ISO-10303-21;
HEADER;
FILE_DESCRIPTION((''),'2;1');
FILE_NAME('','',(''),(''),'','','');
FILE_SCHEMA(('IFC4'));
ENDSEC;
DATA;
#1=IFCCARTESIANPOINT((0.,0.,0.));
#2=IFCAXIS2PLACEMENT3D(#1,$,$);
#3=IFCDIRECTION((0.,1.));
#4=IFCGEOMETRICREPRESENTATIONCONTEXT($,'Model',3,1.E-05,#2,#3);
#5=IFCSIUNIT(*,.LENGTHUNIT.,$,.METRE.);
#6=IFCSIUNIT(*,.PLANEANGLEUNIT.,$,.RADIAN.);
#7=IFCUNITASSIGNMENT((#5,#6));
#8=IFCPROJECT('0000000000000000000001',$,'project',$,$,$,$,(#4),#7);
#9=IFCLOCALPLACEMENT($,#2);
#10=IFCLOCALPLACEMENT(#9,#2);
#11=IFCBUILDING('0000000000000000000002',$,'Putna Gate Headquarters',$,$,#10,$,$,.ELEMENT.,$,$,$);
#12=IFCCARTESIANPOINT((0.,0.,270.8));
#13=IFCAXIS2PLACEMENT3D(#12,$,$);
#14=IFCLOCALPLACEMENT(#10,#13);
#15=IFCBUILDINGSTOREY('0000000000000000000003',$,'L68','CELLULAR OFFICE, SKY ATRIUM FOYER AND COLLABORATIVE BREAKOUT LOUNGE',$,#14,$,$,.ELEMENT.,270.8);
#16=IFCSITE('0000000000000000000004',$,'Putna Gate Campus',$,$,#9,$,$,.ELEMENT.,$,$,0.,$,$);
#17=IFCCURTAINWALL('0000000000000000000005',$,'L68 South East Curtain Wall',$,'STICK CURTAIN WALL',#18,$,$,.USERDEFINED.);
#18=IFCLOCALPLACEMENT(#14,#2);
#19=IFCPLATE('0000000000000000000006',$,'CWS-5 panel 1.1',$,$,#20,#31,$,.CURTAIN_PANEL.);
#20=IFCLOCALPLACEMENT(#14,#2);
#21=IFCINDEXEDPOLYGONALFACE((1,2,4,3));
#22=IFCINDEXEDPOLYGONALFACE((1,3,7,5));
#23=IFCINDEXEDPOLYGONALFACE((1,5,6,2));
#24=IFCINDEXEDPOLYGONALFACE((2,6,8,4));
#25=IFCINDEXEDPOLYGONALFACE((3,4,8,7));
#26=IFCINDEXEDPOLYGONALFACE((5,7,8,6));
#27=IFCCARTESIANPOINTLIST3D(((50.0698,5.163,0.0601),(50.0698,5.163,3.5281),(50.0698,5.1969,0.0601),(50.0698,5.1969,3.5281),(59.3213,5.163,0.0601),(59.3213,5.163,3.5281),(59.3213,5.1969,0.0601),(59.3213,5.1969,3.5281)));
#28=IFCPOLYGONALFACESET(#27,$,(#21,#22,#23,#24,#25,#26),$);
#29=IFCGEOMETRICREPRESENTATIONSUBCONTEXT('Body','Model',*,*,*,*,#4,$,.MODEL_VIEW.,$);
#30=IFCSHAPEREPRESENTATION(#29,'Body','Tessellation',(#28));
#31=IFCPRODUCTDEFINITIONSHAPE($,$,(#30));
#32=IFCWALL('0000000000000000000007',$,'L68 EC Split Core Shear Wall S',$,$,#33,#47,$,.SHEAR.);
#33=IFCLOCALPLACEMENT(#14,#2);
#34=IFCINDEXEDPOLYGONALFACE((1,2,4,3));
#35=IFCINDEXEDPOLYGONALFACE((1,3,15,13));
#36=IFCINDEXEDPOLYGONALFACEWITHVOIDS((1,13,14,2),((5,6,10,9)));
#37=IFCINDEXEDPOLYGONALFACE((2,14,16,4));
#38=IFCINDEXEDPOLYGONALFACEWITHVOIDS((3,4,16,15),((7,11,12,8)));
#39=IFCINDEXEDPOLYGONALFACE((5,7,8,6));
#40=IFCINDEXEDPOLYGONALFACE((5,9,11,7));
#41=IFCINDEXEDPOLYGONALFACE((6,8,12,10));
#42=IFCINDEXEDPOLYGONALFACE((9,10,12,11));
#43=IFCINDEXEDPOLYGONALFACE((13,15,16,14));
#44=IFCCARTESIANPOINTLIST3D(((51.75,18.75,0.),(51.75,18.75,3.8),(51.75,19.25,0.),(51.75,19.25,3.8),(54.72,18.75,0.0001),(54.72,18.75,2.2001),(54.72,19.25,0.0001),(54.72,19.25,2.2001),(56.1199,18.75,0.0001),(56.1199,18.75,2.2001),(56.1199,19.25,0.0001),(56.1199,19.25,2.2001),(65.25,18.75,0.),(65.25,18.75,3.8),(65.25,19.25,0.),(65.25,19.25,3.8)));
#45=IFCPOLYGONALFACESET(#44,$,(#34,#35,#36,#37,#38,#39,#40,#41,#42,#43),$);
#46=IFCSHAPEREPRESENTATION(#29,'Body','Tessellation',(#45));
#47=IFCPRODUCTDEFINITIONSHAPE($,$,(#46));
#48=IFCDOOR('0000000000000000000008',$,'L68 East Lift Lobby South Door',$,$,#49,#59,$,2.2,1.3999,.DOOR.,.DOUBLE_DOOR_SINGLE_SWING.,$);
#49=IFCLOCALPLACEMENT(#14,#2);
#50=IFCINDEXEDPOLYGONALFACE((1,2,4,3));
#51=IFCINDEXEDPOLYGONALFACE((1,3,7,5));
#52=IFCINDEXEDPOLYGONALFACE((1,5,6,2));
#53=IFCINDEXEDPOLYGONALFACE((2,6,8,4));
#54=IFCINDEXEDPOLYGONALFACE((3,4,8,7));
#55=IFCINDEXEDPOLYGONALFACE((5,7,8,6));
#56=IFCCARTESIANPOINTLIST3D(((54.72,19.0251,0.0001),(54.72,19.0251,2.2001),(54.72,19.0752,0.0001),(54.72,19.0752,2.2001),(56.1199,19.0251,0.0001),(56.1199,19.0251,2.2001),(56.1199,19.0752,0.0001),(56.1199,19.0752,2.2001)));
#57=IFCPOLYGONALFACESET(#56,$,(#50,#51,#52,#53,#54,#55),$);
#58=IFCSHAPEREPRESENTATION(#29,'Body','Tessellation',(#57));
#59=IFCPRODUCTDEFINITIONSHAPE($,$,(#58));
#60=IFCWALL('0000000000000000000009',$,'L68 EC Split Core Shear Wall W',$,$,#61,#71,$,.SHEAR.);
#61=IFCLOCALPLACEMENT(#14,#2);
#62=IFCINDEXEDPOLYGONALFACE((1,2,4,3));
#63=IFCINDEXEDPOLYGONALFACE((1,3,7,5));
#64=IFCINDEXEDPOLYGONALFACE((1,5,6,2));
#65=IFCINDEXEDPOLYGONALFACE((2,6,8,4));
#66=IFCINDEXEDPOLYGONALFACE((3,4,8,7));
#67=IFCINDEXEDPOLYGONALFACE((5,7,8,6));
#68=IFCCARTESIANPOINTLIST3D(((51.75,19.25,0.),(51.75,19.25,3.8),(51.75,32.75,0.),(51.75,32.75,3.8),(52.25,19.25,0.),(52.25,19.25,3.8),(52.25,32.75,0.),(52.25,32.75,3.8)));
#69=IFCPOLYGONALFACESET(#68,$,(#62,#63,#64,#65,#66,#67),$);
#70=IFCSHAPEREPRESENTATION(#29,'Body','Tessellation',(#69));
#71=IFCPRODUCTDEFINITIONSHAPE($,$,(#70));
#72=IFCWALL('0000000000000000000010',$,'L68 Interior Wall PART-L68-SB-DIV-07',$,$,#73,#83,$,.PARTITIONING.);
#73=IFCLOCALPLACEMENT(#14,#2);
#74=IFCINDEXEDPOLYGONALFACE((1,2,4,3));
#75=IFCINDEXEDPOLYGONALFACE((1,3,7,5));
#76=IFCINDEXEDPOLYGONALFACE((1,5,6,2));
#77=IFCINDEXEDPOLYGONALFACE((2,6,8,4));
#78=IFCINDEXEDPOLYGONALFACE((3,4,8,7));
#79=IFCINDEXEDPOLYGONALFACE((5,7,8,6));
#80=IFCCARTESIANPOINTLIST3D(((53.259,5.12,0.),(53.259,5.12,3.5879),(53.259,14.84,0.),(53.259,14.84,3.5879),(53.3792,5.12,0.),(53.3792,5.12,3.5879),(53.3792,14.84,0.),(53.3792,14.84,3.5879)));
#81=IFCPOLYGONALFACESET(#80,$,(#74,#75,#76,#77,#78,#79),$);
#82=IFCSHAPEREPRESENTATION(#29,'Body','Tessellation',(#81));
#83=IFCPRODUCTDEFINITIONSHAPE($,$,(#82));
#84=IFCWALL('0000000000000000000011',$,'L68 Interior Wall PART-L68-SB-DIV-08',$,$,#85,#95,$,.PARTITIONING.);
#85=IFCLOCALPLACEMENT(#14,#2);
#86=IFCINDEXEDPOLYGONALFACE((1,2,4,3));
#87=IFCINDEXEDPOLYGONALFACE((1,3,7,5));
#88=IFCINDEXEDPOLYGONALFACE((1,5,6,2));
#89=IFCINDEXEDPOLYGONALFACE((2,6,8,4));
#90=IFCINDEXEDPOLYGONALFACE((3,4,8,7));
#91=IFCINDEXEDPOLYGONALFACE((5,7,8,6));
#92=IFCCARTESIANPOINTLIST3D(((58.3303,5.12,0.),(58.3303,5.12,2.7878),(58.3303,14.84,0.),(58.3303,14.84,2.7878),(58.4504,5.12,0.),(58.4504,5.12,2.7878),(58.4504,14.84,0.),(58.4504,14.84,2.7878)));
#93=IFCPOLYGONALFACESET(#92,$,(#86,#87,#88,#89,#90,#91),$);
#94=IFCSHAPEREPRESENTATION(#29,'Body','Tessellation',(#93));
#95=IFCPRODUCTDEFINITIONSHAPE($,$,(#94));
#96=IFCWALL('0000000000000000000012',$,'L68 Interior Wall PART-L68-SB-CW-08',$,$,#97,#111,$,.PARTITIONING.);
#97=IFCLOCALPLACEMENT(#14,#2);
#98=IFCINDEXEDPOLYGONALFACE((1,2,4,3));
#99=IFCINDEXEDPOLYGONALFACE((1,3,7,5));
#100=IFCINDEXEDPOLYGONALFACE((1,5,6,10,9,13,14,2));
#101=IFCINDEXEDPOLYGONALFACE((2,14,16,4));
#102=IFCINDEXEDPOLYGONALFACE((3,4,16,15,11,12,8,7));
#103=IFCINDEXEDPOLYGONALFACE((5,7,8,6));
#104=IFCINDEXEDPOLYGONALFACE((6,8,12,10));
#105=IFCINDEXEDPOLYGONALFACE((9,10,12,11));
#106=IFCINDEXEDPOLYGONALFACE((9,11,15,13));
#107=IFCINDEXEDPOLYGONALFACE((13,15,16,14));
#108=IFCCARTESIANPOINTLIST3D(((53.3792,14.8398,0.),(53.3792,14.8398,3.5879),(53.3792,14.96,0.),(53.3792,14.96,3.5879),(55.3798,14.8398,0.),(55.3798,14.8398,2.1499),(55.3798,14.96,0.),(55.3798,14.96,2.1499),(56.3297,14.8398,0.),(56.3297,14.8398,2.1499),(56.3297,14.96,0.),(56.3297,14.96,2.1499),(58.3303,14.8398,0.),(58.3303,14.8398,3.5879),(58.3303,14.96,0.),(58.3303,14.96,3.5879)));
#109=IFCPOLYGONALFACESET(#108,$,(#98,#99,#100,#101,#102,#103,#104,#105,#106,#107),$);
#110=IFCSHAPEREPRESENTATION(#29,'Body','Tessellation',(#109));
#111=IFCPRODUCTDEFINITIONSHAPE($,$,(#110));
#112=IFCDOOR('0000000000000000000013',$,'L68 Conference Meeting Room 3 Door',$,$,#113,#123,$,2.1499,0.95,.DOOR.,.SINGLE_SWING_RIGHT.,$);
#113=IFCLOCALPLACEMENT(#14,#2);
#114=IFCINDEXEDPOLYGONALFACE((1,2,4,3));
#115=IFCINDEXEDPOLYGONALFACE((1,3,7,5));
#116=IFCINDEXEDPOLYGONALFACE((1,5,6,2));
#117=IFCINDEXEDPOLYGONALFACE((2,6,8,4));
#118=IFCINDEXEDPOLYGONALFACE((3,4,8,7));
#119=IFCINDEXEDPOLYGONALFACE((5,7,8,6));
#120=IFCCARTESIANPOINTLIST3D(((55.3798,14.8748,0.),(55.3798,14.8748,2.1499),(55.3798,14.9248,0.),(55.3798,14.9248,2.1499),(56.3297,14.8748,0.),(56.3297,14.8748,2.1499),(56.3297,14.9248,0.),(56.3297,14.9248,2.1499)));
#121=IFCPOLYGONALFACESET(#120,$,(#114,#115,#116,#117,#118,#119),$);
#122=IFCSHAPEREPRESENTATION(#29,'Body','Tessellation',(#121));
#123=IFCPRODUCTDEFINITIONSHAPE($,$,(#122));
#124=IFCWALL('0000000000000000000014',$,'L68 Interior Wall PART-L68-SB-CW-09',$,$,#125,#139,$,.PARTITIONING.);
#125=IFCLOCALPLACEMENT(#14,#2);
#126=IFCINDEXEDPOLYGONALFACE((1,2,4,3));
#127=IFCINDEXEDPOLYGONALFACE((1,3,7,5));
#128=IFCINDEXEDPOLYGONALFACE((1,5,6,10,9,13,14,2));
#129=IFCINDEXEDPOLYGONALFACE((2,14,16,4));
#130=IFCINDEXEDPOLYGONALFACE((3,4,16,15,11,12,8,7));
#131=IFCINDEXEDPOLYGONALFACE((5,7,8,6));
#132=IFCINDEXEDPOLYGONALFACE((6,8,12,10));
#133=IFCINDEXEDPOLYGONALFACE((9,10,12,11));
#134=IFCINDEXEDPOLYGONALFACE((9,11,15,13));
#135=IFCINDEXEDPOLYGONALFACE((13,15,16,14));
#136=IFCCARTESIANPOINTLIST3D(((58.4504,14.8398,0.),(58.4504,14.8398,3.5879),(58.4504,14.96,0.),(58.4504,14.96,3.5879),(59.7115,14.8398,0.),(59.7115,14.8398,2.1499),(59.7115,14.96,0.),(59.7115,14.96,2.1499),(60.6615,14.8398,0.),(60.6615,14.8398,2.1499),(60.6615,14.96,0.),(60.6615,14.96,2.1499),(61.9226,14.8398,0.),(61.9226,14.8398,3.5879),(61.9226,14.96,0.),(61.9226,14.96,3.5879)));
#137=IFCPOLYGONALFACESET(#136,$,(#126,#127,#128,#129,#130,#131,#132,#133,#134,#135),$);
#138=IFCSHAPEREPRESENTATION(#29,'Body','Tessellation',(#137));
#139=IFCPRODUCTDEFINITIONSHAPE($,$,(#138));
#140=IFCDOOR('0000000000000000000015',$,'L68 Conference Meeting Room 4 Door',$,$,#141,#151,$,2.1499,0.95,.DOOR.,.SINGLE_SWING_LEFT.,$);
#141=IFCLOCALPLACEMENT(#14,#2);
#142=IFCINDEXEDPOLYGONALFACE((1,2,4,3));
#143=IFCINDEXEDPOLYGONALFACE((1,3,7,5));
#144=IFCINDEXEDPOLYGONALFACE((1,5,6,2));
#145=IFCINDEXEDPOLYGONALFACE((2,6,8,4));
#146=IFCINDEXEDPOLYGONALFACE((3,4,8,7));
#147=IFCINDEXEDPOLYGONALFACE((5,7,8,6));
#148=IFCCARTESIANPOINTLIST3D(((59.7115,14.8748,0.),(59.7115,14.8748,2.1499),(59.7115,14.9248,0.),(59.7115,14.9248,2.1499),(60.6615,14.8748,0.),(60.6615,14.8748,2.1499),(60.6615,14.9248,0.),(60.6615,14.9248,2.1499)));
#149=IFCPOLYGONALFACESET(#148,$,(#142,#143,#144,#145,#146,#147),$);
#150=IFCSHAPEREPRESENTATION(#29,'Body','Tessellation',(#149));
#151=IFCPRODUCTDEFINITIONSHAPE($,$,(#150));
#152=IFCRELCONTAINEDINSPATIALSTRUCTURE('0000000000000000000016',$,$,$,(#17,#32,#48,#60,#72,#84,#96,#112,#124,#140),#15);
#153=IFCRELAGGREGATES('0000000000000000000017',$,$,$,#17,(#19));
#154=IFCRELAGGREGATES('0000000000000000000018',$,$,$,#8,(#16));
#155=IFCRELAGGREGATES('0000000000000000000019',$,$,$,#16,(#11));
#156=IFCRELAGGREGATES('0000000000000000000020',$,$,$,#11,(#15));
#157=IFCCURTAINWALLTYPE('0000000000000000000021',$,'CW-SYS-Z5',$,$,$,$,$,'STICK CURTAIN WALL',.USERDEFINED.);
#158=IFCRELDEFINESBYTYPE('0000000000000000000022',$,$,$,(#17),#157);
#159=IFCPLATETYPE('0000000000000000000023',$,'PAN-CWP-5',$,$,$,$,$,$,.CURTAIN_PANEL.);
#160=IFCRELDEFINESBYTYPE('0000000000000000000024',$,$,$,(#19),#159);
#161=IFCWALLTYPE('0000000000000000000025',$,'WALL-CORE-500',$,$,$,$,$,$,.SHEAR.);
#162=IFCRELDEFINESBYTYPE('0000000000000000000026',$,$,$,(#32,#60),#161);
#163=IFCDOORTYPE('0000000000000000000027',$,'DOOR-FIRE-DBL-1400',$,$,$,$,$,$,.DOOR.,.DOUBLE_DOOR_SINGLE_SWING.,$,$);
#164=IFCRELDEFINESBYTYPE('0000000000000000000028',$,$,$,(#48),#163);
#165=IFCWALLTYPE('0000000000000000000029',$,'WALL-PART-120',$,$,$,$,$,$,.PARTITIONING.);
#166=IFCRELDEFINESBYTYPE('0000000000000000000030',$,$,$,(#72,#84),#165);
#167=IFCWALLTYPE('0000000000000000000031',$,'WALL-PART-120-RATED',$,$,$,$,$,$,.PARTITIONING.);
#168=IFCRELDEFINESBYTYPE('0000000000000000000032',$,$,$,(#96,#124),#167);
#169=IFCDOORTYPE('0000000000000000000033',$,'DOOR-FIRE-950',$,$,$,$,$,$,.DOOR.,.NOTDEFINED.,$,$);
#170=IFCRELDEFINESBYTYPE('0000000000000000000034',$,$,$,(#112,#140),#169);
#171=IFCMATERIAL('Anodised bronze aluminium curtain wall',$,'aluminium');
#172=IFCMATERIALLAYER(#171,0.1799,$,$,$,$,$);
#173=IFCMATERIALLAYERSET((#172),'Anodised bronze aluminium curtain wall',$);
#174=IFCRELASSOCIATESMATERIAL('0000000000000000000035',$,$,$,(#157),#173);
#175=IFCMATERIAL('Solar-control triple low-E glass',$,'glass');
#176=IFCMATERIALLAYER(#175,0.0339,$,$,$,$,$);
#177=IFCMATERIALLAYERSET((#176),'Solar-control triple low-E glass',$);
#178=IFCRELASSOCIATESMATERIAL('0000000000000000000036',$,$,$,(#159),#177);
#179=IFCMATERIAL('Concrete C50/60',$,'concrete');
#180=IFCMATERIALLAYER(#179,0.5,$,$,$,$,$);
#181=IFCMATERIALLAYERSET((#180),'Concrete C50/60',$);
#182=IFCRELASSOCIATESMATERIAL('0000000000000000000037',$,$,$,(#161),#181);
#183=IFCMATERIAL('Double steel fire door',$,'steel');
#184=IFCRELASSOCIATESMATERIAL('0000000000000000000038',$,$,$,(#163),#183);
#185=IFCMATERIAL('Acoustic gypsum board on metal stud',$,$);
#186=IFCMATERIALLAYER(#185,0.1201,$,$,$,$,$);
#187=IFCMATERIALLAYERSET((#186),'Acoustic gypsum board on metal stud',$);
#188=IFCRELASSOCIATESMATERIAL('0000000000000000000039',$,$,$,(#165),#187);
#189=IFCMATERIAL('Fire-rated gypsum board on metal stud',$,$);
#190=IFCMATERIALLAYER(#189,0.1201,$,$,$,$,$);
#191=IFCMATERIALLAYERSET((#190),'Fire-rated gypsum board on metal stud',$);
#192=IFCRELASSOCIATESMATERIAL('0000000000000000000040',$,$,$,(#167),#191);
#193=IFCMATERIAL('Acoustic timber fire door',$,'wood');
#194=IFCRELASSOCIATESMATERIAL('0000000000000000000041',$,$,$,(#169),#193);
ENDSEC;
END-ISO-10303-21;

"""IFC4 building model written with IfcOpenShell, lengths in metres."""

from ifc_helpers import new_model, si_unit, direction, frame, frame_2d, origin, origin_2d, place, context, subcontext, project, spatial, rectangle, extrude, material, layer, layer_set, type_object, element, fill, aggregate, save


model = new_model("IFC4")

# Units and contexts
model_context = context("Model", 3, precision=1e-05, world=origin(), true_north=direction((0.0, 1.0)))
body_context = subcontext(model_context, "Body", "Model", "MODEL_VIEW")
ifc_project = project(units=[si_unit("LENGTHUNIT", "METRE"), si_unit("PLANEANGLEUNIT", "RADIAN")], contexts=[model_context])

# Site, building, storey
site_placement = place(None, origin())
site = spatial("IfcSite", under=ifc_project, at=site_placement, Name="Putna Gate Campus", CompositionType="ELEMENT", RefElevation=0.0)
building_placement = place(site_placement, origin())
building = spatial("IfcBuilding", under=site, at=building_placement, Name="Putna Gate Headquarters", CompositionType="ELEMENT")
storey_placement = place(building_placement, frame((0.0, 0.0, 270.8)))
storey = spatial("IfcBuildingStorey", under=building, at=storey_placement, Name="L68", Description="CELLULAR OFFICE, SKY ATRIUM FOYER AND COLLABORATIVE BREAKOUT LOUNGE", CompositionType="ELEMENT", Elevation=270.8)

# Curtain wall, plate
ifc_material_1 = material(Name="Anodised bronze aluminium curtain wall", Category="aluminium")
ifc_layer_1 = layer(ifc_material_1, 0.1799)
ifc_layer_set_1 = layer_set([ifc_layer_1], Name="Anodised bronze aluminium curtain wall")
curtain_wall_type = type_object("IfcCurtainWallType", Name="CW-SYS-Z5", ElementType="STICK CURTAIN WALL", PredefinedType="USERDEFINED", material=ifc_layer_set_1)
curtain_wall_placement = place(storey_placement, origin())
curtain_wall = element("IfcCurtainWall", 1, at=curtain_wall_placement, inside=storey, type_object=curtain_wall_type, Name="L68 South East Curtain Wall", ObjectType="STICK CURTAIN WALL", PredefinedType="USERDEFINED")
ifc_material_2 = material(Name="Solar-control triple low-E glass", Category="glass")
ifc_layer_2 = layer(ifc_material_2, 0.0339)
ifc_layer_set_2 = layer_set([ifc_layer_2], Name="Solar-control triple low-E glass")
plate_type = type_object("IfcPlateType", Name="PAN-CWP-5", PredefinedType="CURTAIN_PANEL", material=ifc_layer_set_2)
plate_placement = place(storey_placement, frame((54.6956, 5.1799, 0.0601), z_axis=(0.0, 0.0, 1.0), x_axis=(1.0, 0.0, 0.0)))
plate = element("IfcPlate", 2, at=plate_placement, type_object=plate_type, Name="CWS-5 panel 1.1", PredefinedType="CURTAIN_PANEL", context=body_context, shape_type="SweptSolid", body=[
    extrude(rectangle(XDim=9.2515, YDim=0.0339, at=origin_2d()), origin(), (0.0, 0.0, 1.0), 3.468),
])
aggregate(curtain_wall, [plate])

# Wall, opening, door
ifc_material_3 = material(Name="Concrete C50/60", Category="concrete")
ifc_layer_3 = layer(ifc_material_3, 0.5)
ifc_layer_set_3 = layer_set([ifc_layer_3], Name="Concrete C50/60")
wall_type_1 = type_object("IfcWallType", Name="WALL-CORE-500", PredefinedType="SHEAR", material=ifc_layer_set_3)
wall_1_placement = place(storey_placement, frame((51.75, 19.0, 0.0), z_axis=(0.0, 0.0, 1.0), x_axis=(1.0, 0.0, 0.0)))
wall_1 = element("IfcWall", 3, at=wall_1_placement, inside=storey, type_object=wall_type_1, Name="L68 EC Split Core Shear Wall S", PredefinedType="SHEAR", context=body_context, shape_type="SweptSolid", body=[
    extrude(rectangle(XDim=13.5, YDim=0.5, at=frame_2d((6.75, 0.0))), origin(), (0.0, 0.0, 1.0), 3.8),
])
opening_1_placement = place(wall_1_placement, frame((2.97, 0.0, 0.0)))
opening_1 = element("IfcOpeningElement", 4, at=opening_1_placement, cuts=wall_1, PredefinedType="OPENING", context=body_context, shape_type="SweptSolid", body=[
    extrude(rectangle(XDim=1.3999, YDim=2.2, at=frame_2d((0.7, 1.1001))), frame((0.0, 0.26, 0.0), z_axis=(0.0, -1.0, 0.0), x_axis=(1.0, 0.0, 0.0)), (0.0, 0.0, 1.0), 0.52),
])
ifc_material_4 = material(Name="Double steel fire door", Category="steel")
door_type_1 = type_object("IfcDoorType", Name="DOOR-FIRE-DBL-1400", OperationType="DOUBLE_DOOR_SINGLE_SWING", PredefinedType="DOOR", material=ifc_material_4)
door_1_placement = place(opening_1_placement, origin())
door_1 = element("IfcDoor", 5, at=door_1_placement, inside=storey, type_object=door_type_1, Name="L68 East Lift Lobby South Door", OperationType="DOUBLE_DOOR_SINGLE_SWING", OverallHeight=2.2, OverallWidth=1.3999, PredefinedType="DOOR", context=body_context, shape_type="SweptSolid", body=[
    extrude(rectangle(XDim=1.3999, YDim=2.2, at=frame_2d((0.7, 1.1001))), frame((0.0, 0.0752, 0.0), z_axis=(0.0, -1.0, 0.0), x_axis=(1.0, 0.0, 0.0)), (0.0, 0.0, 1.0), 0.05),
])
fill(opening_1, door_1)

# Walls
wall_2_placement = place(storey_placement, frame((52.0, 19.25, 0.0), z_axis=(0.0, 0.0, 1.0), x_axis=(0.0, 1.0, 0.0)))
element("IfcWall", 6, at=wall_2_placement, inside=storey, type_object=wall_type_1, Name="L68 EC Split Core Shear Wall W", PredefinedType="SHEAR", context=body_context, shape_type="SweptSolid", body=[
    extrude(rectangle(XDim=13.5, YDim=0.5, at=frame_2d((6.75, 0.0))), origin(), (0.0, 0.0, 1.0), 3.8),
])
ifc_material_5 = material(Name="Acoustic gypsum board on metal stud")
ifc_layer_4 = layer(ifc_material_5, 0.1201)
ifc_layer_set_4 = layer_set([ifc_layer_4], Name="Acoustic gypsum board on metal stud")
wall_type_2 = type_object("IfcWallType", Name="WALL-PART-120", PredefinedType="PARTITIONING", material=ifc_layer_set_4)
wall_3_placement = place(storey_placement, frame((53.3191, 5.1201, 0.0), z_axis=(0.0, 0.0, 1.0), x_axis=(0.0, 1.0, 0.0)))
element("IfcWall", 7, at=wall_3_placement, inside=storey, type_object=wall_type_2, Name="L68 Interior Wall PART-L68-SB-DIV-07", PredefinedType="PARTITIONING", context=body_context, shape_type="SweptSolid", body=[
    extrude(rectangle(XDim=9.72, YDim=0.1201, at=frame_2d((4.8599, 0.0))), origin(), (0.0, 0.0, 1.0), 3.5879),
])
wall_4_placement = place(storey_placement, frame((58.3904, 5.1201, 0.0), z_axis=(0.0, 0.0, 1.0), x_axis=(0.0, 1.0, 0.0)))
element("IfcWall", 8, at=wall_4_placement, inside=storey, type_object=wall_type_2, Name="L68 Interior Wall PART-L68-SB-DIV-08", PredefinedType="PARTITIONING", context=body_context, shape_type="SweptSolid", body=[
    extrude(rectangle(XDim=9.72, YDim=0.1201, at=frame_2d((4.8599, 0.0))), origin(), (0.0, 0.0, 1.0), 2.7878),
])

# Walls, openings, doors
ifc_material_6 = material(Name="Fire-rated gypsum board on metal stud")
ifc_layer_5 = layer(ifc_material_6, 0.1201)
ifc_layer_set_5 = layer_set([ifc_layer_5], Name="Fire-rated gypsum board on metal stud")
wall_type_3 = type_object("IfcWallType", Name="WALL-PART-120-RATED", PredefinedType="PARTITIONING", material=ifc_layer_set_5)
wall_5_placement = place(storey_placement, frame((53.3792, 14.8999, 0.0), z_axis=(0.0, 0.0, 1.0), x_axis=(1.0, 0.0, 0.0)))
wall_5 = element("IfcWall", 9, at=wall_5_placement, inside=storey, type_object=wall_type_3, Name="L68 Interior Wall PART-L68-SB-CW-08", PredefinedType="PARTITIONING", context=body_context, shape_type="SweptSolid", body=[
    extrude(rectangle(XDim=4.9512, YDim=0.1201, at=frame_2d((2.4756, 0.0))), origin(), (0.0, 0.0, 1.0), 3.5879),
])
opening_2_placement = place(wall_5_placement, frame((2.0005, 0.0, 0.0)))
opening_2 = element("IfcOpeningElement", 10, at=opening_2_placement, cuts=wall_5, PredefinedType="OPENING", context=body_context, shape_type="SweptSolid", body=[
    extrude(rectangle(XDim=0.95, YDim=2.1499, at=frame_2d((0.4751, 1.075))), frame((0.0, 0.0701, 0.0), z_axis=(0.0, -1.0, 0.0), x_axis=(1.0, 0.0, 0.0)), (0.0, 0.0, 1.0), 0.1401),
])
ifc_material_7 = material(Name="Acoustic timber fire door", Category="wood")
door_type_2 = type_object("IfcDoorType", Name="DOOR-FIRE-950", OperationType="NOTDEFINED", PredefinedType="DOOR", material=ifc_material_7)
door_2_placement = place(opening_2_placement, origin())
door_2 = element("IfcDoor", 11, at=door_2_placement, inside=storey, type_object=door_type_2, Name="L68 Conference Meeting Room 3 Door", OperationType="SINGLE_SWING_RIGHT", OverallHeight=2.1499, OverallWidth=0.95, PredefinedType="DOOR", context=body_context, shape_type="SweptSolid", body=[
    extrude(rectangle(XDim=0.95, YDim=2.1499, at=frame_2d((0.4751, 1.075))), frame((0.0, 0.0249, 0.0), z_axis=(0.0, -1.0, 0.0), x_axis=(1.0, 0.0, 0.0)), (0.0, 0.0, 1.0), 0.05),
])
fill(opening_2, door_2)
wall_6_placement = place(storey_placement, frame((58.4504, 14.8999, 0.0), z_axis=(0.0, 0.0, 1.0), x_axis=(1.0, 0.0, 0.0)))
wall_6 = element("IfcWall", 12, at=wall_6_placement, inside=storey, type_object=wall_type_3, Name="L68 Interior Wall PART-L68-SB-CW-09", PredefinedType="PARTITIONING", context=body_context, shape_type="SweptSolid", body=[
    extrude(rectangle(XDim=3.4722, YDim=0.1201, at=frame_2d((1.7361, 0.0))), origin(), (0.0, 0.0, 1.0), 3.5879),
])
opening_3_placement = place(wall_6_placement, frame((1.261, 0.0, 0.0)))
opening_3 = element("IfcOpeningElement", 13, at=opening_3_placement, cuts=wall_6, PredefinedType="OPENING", context=body_context, shape_type="SweptSolid", body=[
    extrude(rectangle(XDim=0.95, YDim=2.1499, at=frame_2d((0.4751, 1.075))), frame((0.0, 0.0701, 0.0), z_axis=(0.0, -1.0, 0.0), x_axis=(1.0, 0.0, 0.0)), (0.0, 0.0, 1.0), 0.1401),
])
door_3_placement = place(opening_3_placement, origin())
door_3 = element("IfcDoor", 14, at=door_3_placement, inside=storey, type_object=door_type_2, Name="L68 Conference Meeting Room 4 Door", OperationType="SINGLE_SWING_LEFT", OverallHeight=2.1499, OverallWidth=0.95, PredefinedType="DOOR", context=body_context, shape_type="SweptSolid", body=[
    extrude(rectangle(XDim=0.95, YDim=2.1499, at=frame_2d((0.4751, 1.075))), frame((0.0, 0.0249, 0.0), z_axis=(0.0, -1.0, 0.0), x_axis=(1.0, 0.0, 0.0)), (0.0, 0.0, 1.0), 0.05),
])
fill(opening_3, door_3)

save(model, "model.ifc")
